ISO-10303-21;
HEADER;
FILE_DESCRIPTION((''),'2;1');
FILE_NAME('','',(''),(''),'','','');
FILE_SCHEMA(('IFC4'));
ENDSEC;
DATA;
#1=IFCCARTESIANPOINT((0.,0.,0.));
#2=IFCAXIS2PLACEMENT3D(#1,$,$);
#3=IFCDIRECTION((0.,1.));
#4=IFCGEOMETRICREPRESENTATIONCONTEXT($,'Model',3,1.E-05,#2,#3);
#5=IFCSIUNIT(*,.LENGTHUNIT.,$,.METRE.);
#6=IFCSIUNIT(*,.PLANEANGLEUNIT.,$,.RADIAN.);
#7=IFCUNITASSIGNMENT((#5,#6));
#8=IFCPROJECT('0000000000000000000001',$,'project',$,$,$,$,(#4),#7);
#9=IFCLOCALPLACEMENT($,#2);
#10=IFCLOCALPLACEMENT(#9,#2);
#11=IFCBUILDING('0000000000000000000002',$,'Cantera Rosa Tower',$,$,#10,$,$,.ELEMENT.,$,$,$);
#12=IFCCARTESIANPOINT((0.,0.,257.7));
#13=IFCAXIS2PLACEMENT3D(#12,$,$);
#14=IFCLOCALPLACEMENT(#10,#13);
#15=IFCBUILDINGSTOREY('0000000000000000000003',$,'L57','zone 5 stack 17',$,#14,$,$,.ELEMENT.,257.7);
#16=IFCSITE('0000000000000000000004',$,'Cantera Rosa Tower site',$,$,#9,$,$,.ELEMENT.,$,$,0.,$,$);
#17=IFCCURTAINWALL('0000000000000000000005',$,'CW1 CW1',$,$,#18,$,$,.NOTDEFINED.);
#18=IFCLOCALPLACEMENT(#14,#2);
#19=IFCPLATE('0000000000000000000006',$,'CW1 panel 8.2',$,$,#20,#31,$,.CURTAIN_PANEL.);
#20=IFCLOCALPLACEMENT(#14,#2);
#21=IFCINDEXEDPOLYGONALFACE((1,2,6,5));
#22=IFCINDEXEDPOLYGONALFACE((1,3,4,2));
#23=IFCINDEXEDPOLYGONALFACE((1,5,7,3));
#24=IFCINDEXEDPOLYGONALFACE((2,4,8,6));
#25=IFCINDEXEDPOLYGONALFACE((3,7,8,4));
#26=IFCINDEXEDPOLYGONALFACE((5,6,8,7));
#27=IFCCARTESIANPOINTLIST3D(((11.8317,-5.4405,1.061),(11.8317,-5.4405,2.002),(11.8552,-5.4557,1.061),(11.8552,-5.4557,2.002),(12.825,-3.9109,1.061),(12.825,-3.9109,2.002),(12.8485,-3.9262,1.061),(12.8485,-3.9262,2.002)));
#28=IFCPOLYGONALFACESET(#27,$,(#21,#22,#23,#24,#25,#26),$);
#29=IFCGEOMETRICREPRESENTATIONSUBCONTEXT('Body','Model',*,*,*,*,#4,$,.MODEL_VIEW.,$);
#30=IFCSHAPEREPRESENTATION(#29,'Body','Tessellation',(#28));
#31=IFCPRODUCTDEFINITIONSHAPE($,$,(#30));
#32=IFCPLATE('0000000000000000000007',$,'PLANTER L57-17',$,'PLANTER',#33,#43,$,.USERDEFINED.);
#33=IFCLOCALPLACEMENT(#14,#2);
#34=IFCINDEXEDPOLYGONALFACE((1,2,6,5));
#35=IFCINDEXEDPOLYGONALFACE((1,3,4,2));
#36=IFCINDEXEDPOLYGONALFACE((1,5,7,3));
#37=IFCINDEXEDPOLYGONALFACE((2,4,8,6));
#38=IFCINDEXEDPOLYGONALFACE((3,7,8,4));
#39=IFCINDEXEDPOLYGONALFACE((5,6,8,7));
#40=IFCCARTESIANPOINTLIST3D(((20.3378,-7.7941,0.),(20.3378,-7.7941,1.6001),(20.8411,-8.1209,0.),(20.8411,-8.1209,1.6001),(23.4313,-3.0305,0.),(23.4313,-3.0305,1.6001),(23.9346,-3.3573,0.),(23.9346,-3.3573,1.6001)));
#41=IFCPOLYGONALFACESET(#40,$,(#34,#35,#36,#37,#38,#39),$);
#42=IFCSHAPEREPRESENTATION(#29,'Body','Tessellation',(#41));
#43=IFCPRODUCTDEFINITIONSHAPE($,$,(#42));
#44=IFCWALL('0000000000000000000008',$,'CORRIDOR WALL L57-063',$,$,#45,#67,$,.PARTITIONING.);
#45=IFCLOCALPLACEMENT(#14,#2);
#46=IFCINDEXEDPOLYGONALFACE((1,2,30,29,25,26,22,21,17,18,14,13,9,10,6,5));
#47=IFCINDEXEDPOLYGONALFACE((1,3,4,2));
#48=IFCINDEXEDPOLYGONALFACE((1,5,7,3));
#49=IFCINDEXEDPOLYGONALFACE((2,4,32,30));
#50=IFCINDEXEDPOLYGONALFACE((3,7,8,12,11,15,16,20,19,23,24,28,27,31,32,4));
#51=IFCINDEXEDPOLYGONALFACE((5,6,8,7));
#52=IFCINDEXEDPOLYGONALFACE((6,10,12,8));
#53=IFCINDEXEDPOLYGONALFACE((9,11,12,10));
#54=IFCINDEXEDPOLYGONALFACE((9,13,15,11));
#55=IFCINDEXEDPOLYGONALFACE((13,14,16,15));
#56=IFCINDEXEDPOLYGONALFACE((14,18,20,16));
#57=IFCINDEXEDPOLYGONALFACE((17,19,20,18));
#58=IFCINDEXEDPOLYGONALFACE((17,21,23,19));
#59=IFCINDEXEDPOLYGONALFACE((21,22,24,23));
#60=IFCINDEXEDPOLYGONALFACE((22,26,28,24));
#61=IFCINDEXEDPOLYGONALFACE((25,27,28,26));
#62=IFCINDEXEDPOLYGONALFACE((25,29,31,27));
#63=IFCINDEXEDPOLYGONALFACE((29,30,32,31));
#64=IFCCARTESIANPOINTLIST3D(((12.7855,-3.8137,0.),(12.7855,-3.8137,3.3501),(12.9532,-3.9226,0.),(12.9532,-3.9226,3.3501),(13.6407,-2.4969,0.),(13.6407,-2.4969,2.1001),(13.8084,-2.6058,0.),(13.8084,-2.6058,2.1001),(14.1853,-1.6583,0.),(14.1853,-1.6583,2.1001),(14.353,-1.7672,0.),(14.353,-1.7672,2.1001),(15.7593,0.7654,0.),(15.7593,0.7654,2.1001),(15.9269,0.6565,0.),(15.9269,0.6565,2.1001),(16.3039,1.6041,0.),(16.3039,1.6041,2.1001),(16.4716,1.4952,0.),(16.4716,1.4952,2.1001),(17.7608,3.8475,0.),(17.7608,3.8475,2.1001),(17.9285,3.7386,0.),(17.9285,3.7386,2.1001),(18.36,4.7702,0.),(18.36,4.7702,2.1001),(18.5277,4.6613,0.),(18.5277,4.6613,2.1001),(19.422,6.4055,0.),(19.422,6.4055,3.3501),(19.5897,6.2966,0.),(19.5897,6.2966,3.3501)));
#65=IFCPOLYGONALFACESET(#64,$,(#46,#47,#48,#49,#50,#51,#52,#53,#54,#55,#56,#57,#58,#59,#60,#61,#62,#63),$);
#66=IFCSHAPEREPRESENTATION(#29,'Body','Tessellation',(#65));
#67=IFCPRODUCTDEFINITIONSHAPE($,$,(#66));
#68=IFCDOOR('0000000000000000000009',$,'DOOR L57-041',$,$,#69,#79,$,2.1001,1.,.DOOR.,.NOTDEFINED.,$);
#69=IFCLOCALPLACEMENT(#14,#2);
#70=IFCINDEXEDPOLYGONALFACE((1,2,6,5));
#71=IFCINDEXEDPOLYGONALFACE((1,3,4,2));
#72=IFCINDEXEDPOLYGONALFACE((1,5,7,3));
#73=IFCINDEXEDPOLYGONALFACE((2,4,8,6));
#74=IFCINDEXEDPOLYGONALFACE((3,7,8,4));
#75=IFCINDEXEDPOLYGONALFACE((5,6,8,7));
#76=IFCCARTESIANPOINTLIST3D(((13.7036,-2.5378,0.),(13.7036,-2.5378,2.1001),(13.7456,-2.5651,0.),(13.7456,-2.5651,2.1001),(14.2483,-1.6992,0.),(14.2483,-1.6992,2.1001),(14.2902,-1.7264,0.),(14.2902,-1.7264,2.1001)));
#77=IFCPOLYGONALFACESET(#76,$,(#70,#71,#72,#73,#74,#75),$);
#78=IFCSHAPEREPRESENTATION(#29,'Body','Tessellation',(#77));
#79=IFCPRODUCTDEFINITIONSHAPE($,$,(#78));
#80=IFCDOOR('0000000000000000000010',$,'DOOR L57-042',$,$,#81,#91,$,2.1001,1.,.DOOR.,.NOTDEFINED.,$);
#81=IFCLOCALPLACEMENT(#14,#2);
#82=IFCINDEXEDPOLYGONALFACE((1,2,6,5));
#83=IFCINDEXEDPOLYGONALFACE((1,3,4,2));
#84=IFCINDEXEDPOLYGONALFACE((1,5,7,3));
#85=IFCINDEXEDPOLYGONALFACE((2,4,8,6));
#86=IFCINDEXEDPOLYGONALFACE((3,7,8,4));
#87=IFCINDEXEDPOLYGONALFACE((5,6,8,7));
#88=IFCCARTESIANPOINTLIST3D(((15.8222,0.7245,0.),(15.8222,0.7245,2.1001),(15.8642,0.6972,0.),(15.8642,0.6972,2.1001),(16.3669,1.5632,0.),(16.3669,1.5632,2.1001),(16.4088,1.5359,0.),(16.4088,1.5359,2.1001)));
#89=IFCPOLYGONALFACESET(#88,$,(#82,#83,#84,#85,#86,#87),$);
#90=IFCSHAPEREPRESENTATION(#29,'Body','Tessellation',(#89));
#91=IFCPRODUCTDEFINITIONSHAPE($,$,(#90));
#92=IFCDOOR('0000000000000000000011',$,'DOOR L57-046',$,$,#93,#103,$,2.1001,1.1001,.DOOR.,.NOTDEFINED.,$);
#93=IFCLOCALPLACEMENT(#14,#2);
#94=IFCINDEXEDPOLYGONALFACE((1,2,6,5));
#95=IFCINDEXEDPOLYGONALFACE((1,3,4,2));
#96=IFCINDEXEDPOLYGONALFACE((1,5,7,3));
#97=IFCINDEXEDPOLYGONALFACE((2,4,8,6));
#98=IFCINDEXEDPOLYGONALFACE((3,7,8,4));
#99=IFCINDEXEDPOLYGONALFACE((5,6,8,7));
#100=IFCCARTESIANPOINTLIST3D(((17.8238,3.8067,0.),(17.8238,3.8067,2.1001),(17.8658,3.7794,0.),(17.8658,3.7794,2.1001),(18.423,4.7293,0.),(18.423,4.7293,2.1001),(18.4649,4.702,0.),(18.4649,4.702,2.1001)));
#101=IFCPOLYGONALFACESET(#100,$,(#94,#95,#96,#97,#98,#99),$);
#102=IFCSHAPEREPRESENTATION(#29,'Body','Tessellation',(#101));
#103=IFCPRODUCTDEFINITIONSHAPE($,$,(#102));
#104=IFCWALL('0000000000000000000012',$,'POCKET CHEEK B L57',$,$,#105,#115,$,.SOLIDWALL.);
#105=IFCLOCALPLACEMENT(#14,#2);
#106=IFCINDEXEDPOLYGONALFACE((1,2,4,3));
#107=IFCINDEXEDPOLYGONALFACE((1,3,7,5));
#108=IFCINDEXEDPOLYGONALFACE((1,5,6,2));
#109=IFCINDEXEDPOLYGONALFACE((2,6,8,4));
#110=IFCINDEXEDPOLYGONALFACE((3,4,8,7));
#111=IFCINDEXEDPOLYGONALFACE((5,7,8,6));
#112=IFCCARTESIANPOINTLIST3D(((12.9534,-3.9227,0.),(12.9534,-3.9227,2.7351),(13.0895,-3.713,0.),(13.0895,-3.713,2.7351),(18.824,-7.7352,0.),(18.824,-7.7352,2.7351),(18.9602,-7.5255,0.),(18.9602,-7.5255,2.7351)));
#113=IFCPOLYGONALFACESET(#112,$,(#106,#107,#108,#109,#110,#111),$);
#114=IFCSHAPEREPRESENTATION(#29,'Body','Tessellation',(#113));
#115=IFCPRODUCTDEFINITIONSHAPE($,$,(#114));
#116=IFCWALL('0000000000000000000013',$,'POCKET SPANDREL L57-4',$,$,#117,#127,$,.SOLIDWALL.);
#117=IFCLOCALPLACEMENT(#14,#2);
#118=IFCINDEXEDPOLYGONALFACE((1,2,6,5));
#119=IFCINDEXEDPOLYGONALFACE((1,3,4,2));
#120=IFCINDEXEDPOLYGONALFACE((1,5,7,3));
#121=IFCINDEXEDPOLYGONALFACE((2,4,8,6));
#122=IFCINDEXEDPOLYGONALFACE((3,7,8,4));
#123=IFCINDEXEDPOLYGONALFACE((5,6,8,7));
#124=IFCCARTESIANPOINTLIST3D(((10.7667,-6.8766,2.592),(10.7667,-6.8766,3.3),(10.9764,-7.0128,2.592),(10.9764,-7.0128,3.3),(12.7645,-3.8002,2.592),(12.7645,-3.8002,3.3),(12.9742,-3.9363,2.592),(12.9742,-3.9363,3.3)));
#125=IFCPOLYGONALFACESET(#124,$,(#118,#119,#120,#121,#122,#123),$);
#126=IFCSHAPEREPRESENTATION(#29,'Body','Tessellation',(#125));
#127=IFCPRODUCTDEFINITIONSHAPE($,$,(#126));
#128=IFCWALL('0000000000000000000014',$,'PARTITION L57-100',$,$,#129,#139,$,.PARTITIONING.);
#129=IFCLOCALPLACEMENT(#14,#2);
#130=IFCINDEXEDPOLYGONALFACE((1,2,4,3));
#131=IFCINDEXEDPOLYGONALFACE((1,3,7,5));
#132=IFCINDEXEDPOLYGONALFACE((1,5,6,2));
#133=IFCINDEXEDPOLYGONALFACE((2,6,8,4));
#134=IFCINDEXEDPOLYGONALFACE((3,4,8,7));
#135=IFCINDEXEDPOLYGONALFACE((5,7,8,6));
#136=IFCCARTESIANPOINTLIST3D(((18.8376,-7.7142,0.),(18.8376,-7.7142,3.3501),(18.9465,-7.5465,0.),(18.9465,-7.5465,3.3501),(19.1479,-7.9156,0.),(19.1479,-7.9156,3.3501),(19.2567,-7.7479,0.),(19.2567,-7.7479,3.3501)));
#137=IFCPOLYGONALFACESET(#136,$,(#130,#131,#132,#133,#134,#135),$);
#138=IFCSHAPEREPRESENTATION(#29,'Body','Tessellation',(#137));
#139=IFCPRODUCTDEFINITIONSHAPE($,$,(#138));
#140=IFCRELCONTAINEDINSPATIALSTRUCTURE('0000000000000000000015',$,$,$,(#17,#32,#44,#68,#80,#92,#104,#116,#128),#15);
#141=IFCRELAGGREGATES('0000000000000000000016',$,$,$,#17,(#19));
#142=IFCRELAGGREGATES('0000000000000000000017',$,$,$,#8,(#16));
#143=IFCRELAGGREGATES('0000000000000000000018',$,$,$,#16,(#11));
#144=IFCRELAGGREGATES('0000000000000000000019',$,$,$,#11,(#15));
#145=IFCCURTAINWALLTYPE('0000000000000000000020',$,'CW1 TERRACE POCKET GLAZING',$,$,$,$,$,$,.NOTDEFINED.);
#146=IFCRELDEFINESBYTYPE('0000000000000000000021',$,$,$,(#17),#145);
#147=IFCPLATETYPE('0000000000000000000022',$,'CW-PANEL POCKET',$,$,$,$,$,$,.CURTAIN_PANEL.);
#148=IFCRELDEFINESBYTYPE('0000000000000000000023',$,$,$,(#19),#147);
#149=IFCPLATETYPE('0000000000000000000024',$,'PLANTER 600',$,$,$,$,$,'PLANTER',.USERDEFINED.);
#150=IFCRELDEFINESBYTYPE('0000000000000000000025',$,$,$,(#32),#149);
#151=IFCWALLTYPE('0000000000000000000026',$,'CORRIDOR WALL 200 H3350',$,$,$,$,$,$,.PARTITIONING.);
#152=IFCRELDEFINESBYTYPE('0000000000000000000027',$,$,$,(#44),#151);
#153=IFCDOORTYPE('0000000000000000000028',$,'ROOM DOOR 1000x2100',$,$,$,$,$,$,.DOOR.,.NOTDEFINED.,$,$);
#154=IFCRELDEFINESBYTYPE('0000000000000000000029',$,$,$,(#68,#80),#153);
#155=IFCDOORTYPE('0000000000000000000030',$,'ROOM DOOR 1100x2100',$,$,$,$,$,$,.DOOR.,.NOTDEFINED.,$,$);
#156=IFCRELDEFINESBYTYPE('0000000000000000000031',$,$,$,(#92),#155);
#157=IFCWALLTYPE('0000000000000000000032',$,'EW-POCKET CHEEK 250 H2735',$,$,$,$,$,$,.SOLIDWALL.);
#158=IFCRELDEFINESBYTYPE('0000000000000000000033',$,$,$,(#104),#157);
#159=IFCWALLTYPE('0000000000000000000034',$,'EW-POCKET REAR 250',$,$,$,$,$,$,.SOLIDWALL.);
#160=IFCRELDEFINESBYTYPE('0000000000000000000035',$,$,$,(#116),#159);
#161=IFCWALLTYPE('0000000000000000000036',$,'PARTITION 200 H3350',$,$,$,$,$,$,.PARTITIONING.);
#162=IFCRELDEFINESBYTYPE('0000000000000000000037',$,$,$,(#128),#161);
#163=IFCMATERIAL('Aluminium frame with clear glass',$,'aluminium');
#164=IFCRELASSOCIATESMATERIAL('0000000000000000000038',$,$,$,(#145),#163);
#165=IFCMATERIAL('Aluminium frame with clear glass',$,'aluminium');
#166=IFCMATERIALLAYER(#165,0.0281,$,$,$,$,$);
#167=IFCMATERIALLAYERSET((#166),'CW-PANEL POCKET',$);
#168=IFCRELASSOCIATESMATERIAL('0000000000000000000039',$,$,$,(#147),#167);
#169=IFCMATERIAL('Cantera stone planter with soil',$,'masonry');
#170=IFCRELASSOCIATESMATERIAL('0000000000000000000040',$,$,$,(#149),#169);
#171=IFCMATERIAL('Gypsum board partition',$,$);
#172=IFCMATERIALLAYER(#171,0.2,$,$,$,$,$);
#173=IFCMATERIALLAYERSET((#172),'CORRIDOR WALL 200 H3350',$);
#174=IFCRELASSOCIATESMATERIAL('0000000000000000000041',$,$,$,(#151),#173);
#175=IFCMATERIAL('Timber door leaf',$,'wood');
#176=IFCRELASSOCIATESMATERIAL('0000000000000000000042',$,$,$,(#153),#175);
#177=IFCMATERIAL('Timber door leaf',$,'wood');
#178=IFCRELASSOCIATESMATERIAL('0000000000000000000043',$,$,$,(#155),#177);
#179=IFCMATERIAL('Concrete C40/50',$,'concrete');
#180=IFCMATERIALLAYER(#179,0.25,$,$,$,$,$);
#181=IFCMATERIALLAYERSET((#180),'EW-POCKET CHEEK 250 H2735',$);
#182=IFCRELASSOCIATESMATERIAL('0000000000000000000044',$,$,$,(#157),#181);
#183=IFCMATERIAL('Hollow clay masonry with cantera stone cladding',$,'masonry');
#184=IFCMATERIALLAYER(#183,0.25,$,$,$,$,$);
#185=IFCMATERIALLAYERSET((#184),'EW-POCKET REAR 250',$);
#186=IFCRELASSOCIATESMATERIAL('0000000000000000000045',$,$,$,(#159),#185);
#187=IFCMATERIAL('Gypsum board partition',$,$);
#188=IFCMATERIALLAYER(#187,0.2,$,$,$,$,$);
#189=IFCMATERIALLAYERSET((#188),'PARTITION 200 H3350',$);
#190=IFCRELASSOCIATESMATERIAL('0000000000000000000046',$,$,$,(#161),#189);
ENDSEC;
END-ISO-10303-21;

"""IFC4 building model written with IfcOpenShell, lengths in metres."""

from ifc_helpers import new_model, si_unit, direction, frame, frame_2d, origin, origin_2d, place, context, subcontext, project, spatial, rectangle, extrude, material, layer, layer_set, type_object, element, fill, aggregate, save


model = new_model("IFC4")

# Units and contexts
model_context = context("Model", 3, precision=1e-05, world=origin(), true_north=direction((0.0, 1.0)))
body_context = subcontext(model_context, "Body", "Model", "MODEL_VIEW")
ifc_project = project(units=[si_unit("LENGTHUNIT", "METRE"), si_unit("PLANEANGLEUNIT", "RADIAN")], contexts=[model_context])

# Site, building, storey
site_placement = place(None, origin())
site = spatial("IfcSite", under=ifc_project, at=site_placement, Name="Cantera Rosa Tower site", CompositionType="ELEMENT", RefElevation=0.0)
building_placement = place(site_placement, origin())
building = spatial("IfcBuilding", under=site, at=building_placement, Name="Cantera Rosa Tower", CompositionType="ELEMENT")
storey_placement = place(building_placement, frame((0.0, 0.0, 257.7)))
storey = spatial("IfcBuildingStorey", under=building, at=storey_placement, Name="L57", Description="zone 5 stack 17", CompositionType="ELEMENT", Elevation=257.7)

# Curtain wall
ifc_material_1 = material(Name="Aluminium frame with clear glass", Category="aluminium")
curtain_wall_type = type_object("IfcCurtainWallType", Name="CW1 TERRACE POCKET GLAZING", PredefinedType="NOTDEFINED", material=ifc_material_1)
curtain_wall_placement = place(storey_placement, origin())
curtain_wall = element("IfcCurtainWall", 1, at=curtain_wall_placement, inside=storey, type_object=curtain_wall_type, Name="CW1 CW1", PredefinedType="NOTDEFINED")

# Plates
ifc_material_2 = material(Name="Aluminium frame with clear glass", Category="aluminium")
ifc_layer_1 = layer(ifc_material_2, 0.0281)
ifc_layer_set_1 = layer_set([ifc_layer_1], Name="CW-PANEL POCKET")
plate_type_1 = type_object("IfcPlateType", Name="CW-PANEL POCKET", PredefinedType="CURTAIN_PANEL", material=ifc_layer_set_1)
plate_1_placement = place(storey_placement, frame((12.3401, -4.6833, 1.061), z_axis=(0.0, 0.0, 1.0), x_axis=(0.544639, 0.838671, 0.0)))
plate_1 = element("IfcPlate", 2, at=plate_1_placement, type_object=plate_type_1, Name="CW1 panel 8.2", PredefinedType="CURTAIN_PANEL", context=body_context, shape_type="SweptSolid", body=[
    extrude(rectangle(XDim=1.8237, YDim=0.0281, at=origin_2d()), origin(), (0.0, 0.0, 1.0), 0.9409),
])
aggregate(curtain_wall, [plate_1])
ifc_material_3 = material(Name="Cantera stone planter with soil", Category="masonry")
plate_type_2 = type_object("IfcPlateType", Name="PLANTER 600", ElementType="PLANTER", PredefinedType="USERDEFINED", material=ifc_material_3)
plate_2_placement = place(storey_placement, frame((22.1362, -5.5757, 0.0), z_axis=(0.0, 0.0, 1.0), x_axis=(0.544639, 0.838671, 0.0)))
element("IfcPlate", 3, at=plate_2_placement, inside=storey, type_object=plate_type_2, Name="PLANTER L57-17", ObjectType="PLANTER", PredefinedType="USERDEFINED", context=body_context, shape_type="SweptSolid", body=[
    extrude(rectangle(XDim=5.6799, YDim=0.6001, at=origin_2d()), origin(), (0.0, 0.0, 1.0), 1.6001),
])

# Wall, openings, doors
ifc_material_4 = material(Name="Gypsum board partition")
ifc_layer_2 = layer(ifc_material_4, 0.2)
ifc_layer_set_2 = layer_set([ifc_layer_2], Name="CORRIDOR WALL 200 H3350")
wall_type_1 = type_object("IfcWallType", Name="CORRIDOR WALL 200 H3350", PredefinedType="PARTITIONING", material=ifc_layer_set_2)
wall_1_placement = place(storey_placement, frame((12.8694, -3.8682, 0.0), z_axis=(0.0, 0.0, 1.0), x_axis=(0.54464, 0.83867, 0.0)))
wall_1 = element("IfcWall", 4, at=wall_1_placement, inside=storey, type_object=wall_type_1, Name="CORRIDOR WALL L57-063", PredefinedType="PARTITIONING", context=body_context, shape_type="SweptSolid", body=[
    extrude(rectangle(XDim=12.1851, YDim=0.2, at=frame_2d((6.0925, 0.0))), origin(), (0.0, 0.0, 1.0), 3.3501),
])
opening_1_placement = place(wall_1_placement, frame((1.5701, 0.0, 0.0)))
opening_1 = element("IfcOpeningElement", 5, at=opening_1_placement, cuts=wall_1, PredefinedType="OPENING", context=body_context, shape_type="SweptSolid", body=[
    extrude(rectangle(XDim=1.0, YDim=2.1001, at=frame_2d((0.5, 1.05))), frame((0.0, 0.1099, 0.0), z_axis=(0.0, -1.0, 0.0), x_axis=(1.0, 0.0, 0.0)), (0.0, 0.0, 1.0), 0.22),
])
opening_2_placement = place(wall_1_placement, frame((5.46, 0.0, 0.0)))
opening_2 = element("IfcOpeningElement", 6, at=opening_2_placement, cuts=wall_1, PredefinedType="OPENING", context=body_context, shape_type="SweptSolid", body=[
    extrude(rectangle(XDim=1.0, YDim=2.1001, at=frame_2d((0.5, 1.05))), frame((0.0, 0.1099, 0.0), z_axis=(0.0, -1.0, 0.0), x_axis=(1.0, 0.0, 0.0)), (0.0, 0.0, 1.0), 0.22),
])
opening_3_placement = place(wall_1_placement, frame((9.135, 0.0, 0.0)))
opening_3 = element("IfcOpeningElement", 7, at=opening_3_placement, cuts=wall_1, PredefinedType="OPENING", context=body_context, shape_type="SweptSolid", body=[
    extrude(rectangle(XDim=1.1001, YDim=2.1001, at=frame_2d((0.55, 1.05))), frame((0.0, 0.1099, 0.0), z_axis=(0.0, -1.0, 0.0), x_axis=(1.0, 0.0, 0.0)), (0.0, 0.0, 1.0), 0.22),
])
ifc_material_5 = material(Name="Timber door leaf", Category="wood")
door_type_1 = type_object("IfcDoorType", Name="ROOM DOOR 1000x2100", OperationType="NOTDEFINED", PredefinedType="DOOR", material=ifc_material_5)
door_1_placement = place(opening_1_placement, origin())
door_1 = element("IfcDoor", 8, at=door_1_placement, inside=storey, type_object=door_type_1, Name="DOOR L57-041", OperationType="NOTDEFINED", OverallHeight=2.1001, OverallWidth=1.0, PredefinedType="DOOR", context=body_context, shape_type="SweptSolid", body=[
    extrude(rectangle(XDim=1.0, YDim=2.1001, at=frame_2d((0.5, 1.05))), frame((0.0, 0.0249, 0.0), z_axis=(0.0, -1.0, 0.0), x_axis=(1.0, 0.0, 0.0)), (0.0, 0.0, 1.0), 0.05),
])
fill(opening_1, door_1)
door_2_placement = place(opening_2_placement, origin())
door_2 = element("IfcDoor", 9, at=door_2_placement, inside=storey, type_object=door_type_1, Name="DOOR L57-042", OperationType="NOTDEFINED", OverallHeight=2.1001, OverallWidth=1.0, PredefinedType="DOOR", context=body_context, shape_type="SweptSolid", body=[
    extrude(rectangle(XDim=1.0, YDim=2.1001, at=frame_2d((0.5, 1.05))), frame((0.0, 0.0249, 0.0), z_axis=(0.0, -1.0, 0.0), x_axis=(1.0, 0.0, 0.0)), (0.0, 0.0, 1.0), 0.05),
])
fill(opening_2, door_2)
ifc_material_6 = material(Name="Timber door leaf", Category="wood")
door_type_2 = type_object("IfcDoorType", Name="ROOM DOOR 1100x2100", OperationType="NOTDEFINED", PredefinedType="DOOR", material=ifc_material_6)
door_3_placement = place(opening_3_placement, origin())
door_3 = element("IfcDoor", 10, at=door_3_placement, inside=storey, type_object=door_type_2, Name="DOOR L57-046", OperationType="NOTDEFINED", OverallHeight=2.1001, OverallWidth=1.1001, PredefinedType="DOOR", context=body_context, shape_type="SweptSolid", body=[
    extrude(rectangle(XDim=1.1001, YDim=2.1001, at=frame_2d((0.55, 1.05))), frame((0.0, 0.0249, 0.0), z_axis=(0.0, -1.0, 0.0), x_axis=(1.0, 0.0, 0.0)), (0.0, 0.0, 1.0), 0.05),
])
fill(opening_3, door_3)

# Walls
ifc_material_7 = material(Name="Concrete C40/50", Category="concrete")
ifc_layer_3 = layer(ifc_material_7, 0.25)
ifc_layer_set_3 = layer_set([ifc_layer_3], Name="EW-POCKET CHEEK 250 H2735")
wall_type_2 = type_object("IfcWallType", Name="EW-POCKET CHEEK 250 H2735", PredefinedType="SOLIDWALL", material=ifc_layer_set_3)
wall_2_placement = place(storey_placement, frame((18.8921, -7.6304, 0.0), z_axis=(0.0, 0.0, 1.0), x_axis=(-0.838665, 0.544647, 0.0)))
element("IfcWall", 11, at=wall_2_placement, inside=storey, type_object=wall_type_2, Name="POCKET CHEEK B L57", PredefinedType="SOLIDWALL", context=body_context, shape_type="SweptSolid", body=[
    extrude(rectangle(XDim=7.0, YDim=0.25, at=frame_2d((3.5, 0.0))), origin(), (0.0, 0.0, 1.0), 2.7351),
])
ifc_material_8 = material(Name="Hollow clay masonry with cantera stone cladding", Category="masonry")
ifc_layer_4 = layer(ifc_material_8, 0.25)
ifc_layer_set_4 = layer_set([ifc_layer_4], Name="EW-POCKET REAR 250")
wall_type_3 = type_object("IfcWallType", Name="EW-POCKET REAR 250", PredefinedType="SOLIDWALL", material=ifc_layer_set_4)
wall_3_placement = place(storey_placement, frame((10.8716, -6.9446, 2.592), z_axis=(0.0, 0.0, 1.0), x_axis=(0.54463, 0.838676, 0.0)))
element("IfcWall", 12, at=wall_3_placement, inside=storey, type_object=wall_type_3, Name="POCKET SPANDREL L57-4", PredefinedType="SOLIDWALL", context=body_context, shape_type="SweptSolid", body=[
    extrude(rectangle(XDim=3.6682, YDim=0.25, at=frame_2d((1.834, 0.0))), origin(), (0.0, 0.0, 1.0), 0.708),
])
ifc_material_9 = material(Name="Gypsum board partition")
ifc_layer_5 = layer(ifc_material_9, 0.2)
ifc_layer_set_5 = layer_set([ifc_layer_5], Name="PARTITION 200 H3350")
wall_type_4 = type_object("IfcWallType", Name="PARTITION 200 H3350", PredefinedType="PARTITIONING", material=ifc_layer_set_5)
wall_4_placement = place(storey_placement, frame((19.2024, -7.8318, 0.0), z_axis=(0.0, 0.0, 1.0), x_axis=(-0.83879, 0.544455, 0.0)))
element("IfcWall", 13, at=wall_4_placement, inside=storey, type_object=wall_type_4, Name="PARTITION L57-100", PredefinedType="PARTITIONING", context=body_context, shape_type="SweptSolid", body=[
    extrude(rectangle(XDim=0.3699, YDim=0.2, at=frame_2d((0.1851, 0.0))), origin(), (0.0, 0.0, 1.0), 3.3501),
])

save(model, "model.ifc")
